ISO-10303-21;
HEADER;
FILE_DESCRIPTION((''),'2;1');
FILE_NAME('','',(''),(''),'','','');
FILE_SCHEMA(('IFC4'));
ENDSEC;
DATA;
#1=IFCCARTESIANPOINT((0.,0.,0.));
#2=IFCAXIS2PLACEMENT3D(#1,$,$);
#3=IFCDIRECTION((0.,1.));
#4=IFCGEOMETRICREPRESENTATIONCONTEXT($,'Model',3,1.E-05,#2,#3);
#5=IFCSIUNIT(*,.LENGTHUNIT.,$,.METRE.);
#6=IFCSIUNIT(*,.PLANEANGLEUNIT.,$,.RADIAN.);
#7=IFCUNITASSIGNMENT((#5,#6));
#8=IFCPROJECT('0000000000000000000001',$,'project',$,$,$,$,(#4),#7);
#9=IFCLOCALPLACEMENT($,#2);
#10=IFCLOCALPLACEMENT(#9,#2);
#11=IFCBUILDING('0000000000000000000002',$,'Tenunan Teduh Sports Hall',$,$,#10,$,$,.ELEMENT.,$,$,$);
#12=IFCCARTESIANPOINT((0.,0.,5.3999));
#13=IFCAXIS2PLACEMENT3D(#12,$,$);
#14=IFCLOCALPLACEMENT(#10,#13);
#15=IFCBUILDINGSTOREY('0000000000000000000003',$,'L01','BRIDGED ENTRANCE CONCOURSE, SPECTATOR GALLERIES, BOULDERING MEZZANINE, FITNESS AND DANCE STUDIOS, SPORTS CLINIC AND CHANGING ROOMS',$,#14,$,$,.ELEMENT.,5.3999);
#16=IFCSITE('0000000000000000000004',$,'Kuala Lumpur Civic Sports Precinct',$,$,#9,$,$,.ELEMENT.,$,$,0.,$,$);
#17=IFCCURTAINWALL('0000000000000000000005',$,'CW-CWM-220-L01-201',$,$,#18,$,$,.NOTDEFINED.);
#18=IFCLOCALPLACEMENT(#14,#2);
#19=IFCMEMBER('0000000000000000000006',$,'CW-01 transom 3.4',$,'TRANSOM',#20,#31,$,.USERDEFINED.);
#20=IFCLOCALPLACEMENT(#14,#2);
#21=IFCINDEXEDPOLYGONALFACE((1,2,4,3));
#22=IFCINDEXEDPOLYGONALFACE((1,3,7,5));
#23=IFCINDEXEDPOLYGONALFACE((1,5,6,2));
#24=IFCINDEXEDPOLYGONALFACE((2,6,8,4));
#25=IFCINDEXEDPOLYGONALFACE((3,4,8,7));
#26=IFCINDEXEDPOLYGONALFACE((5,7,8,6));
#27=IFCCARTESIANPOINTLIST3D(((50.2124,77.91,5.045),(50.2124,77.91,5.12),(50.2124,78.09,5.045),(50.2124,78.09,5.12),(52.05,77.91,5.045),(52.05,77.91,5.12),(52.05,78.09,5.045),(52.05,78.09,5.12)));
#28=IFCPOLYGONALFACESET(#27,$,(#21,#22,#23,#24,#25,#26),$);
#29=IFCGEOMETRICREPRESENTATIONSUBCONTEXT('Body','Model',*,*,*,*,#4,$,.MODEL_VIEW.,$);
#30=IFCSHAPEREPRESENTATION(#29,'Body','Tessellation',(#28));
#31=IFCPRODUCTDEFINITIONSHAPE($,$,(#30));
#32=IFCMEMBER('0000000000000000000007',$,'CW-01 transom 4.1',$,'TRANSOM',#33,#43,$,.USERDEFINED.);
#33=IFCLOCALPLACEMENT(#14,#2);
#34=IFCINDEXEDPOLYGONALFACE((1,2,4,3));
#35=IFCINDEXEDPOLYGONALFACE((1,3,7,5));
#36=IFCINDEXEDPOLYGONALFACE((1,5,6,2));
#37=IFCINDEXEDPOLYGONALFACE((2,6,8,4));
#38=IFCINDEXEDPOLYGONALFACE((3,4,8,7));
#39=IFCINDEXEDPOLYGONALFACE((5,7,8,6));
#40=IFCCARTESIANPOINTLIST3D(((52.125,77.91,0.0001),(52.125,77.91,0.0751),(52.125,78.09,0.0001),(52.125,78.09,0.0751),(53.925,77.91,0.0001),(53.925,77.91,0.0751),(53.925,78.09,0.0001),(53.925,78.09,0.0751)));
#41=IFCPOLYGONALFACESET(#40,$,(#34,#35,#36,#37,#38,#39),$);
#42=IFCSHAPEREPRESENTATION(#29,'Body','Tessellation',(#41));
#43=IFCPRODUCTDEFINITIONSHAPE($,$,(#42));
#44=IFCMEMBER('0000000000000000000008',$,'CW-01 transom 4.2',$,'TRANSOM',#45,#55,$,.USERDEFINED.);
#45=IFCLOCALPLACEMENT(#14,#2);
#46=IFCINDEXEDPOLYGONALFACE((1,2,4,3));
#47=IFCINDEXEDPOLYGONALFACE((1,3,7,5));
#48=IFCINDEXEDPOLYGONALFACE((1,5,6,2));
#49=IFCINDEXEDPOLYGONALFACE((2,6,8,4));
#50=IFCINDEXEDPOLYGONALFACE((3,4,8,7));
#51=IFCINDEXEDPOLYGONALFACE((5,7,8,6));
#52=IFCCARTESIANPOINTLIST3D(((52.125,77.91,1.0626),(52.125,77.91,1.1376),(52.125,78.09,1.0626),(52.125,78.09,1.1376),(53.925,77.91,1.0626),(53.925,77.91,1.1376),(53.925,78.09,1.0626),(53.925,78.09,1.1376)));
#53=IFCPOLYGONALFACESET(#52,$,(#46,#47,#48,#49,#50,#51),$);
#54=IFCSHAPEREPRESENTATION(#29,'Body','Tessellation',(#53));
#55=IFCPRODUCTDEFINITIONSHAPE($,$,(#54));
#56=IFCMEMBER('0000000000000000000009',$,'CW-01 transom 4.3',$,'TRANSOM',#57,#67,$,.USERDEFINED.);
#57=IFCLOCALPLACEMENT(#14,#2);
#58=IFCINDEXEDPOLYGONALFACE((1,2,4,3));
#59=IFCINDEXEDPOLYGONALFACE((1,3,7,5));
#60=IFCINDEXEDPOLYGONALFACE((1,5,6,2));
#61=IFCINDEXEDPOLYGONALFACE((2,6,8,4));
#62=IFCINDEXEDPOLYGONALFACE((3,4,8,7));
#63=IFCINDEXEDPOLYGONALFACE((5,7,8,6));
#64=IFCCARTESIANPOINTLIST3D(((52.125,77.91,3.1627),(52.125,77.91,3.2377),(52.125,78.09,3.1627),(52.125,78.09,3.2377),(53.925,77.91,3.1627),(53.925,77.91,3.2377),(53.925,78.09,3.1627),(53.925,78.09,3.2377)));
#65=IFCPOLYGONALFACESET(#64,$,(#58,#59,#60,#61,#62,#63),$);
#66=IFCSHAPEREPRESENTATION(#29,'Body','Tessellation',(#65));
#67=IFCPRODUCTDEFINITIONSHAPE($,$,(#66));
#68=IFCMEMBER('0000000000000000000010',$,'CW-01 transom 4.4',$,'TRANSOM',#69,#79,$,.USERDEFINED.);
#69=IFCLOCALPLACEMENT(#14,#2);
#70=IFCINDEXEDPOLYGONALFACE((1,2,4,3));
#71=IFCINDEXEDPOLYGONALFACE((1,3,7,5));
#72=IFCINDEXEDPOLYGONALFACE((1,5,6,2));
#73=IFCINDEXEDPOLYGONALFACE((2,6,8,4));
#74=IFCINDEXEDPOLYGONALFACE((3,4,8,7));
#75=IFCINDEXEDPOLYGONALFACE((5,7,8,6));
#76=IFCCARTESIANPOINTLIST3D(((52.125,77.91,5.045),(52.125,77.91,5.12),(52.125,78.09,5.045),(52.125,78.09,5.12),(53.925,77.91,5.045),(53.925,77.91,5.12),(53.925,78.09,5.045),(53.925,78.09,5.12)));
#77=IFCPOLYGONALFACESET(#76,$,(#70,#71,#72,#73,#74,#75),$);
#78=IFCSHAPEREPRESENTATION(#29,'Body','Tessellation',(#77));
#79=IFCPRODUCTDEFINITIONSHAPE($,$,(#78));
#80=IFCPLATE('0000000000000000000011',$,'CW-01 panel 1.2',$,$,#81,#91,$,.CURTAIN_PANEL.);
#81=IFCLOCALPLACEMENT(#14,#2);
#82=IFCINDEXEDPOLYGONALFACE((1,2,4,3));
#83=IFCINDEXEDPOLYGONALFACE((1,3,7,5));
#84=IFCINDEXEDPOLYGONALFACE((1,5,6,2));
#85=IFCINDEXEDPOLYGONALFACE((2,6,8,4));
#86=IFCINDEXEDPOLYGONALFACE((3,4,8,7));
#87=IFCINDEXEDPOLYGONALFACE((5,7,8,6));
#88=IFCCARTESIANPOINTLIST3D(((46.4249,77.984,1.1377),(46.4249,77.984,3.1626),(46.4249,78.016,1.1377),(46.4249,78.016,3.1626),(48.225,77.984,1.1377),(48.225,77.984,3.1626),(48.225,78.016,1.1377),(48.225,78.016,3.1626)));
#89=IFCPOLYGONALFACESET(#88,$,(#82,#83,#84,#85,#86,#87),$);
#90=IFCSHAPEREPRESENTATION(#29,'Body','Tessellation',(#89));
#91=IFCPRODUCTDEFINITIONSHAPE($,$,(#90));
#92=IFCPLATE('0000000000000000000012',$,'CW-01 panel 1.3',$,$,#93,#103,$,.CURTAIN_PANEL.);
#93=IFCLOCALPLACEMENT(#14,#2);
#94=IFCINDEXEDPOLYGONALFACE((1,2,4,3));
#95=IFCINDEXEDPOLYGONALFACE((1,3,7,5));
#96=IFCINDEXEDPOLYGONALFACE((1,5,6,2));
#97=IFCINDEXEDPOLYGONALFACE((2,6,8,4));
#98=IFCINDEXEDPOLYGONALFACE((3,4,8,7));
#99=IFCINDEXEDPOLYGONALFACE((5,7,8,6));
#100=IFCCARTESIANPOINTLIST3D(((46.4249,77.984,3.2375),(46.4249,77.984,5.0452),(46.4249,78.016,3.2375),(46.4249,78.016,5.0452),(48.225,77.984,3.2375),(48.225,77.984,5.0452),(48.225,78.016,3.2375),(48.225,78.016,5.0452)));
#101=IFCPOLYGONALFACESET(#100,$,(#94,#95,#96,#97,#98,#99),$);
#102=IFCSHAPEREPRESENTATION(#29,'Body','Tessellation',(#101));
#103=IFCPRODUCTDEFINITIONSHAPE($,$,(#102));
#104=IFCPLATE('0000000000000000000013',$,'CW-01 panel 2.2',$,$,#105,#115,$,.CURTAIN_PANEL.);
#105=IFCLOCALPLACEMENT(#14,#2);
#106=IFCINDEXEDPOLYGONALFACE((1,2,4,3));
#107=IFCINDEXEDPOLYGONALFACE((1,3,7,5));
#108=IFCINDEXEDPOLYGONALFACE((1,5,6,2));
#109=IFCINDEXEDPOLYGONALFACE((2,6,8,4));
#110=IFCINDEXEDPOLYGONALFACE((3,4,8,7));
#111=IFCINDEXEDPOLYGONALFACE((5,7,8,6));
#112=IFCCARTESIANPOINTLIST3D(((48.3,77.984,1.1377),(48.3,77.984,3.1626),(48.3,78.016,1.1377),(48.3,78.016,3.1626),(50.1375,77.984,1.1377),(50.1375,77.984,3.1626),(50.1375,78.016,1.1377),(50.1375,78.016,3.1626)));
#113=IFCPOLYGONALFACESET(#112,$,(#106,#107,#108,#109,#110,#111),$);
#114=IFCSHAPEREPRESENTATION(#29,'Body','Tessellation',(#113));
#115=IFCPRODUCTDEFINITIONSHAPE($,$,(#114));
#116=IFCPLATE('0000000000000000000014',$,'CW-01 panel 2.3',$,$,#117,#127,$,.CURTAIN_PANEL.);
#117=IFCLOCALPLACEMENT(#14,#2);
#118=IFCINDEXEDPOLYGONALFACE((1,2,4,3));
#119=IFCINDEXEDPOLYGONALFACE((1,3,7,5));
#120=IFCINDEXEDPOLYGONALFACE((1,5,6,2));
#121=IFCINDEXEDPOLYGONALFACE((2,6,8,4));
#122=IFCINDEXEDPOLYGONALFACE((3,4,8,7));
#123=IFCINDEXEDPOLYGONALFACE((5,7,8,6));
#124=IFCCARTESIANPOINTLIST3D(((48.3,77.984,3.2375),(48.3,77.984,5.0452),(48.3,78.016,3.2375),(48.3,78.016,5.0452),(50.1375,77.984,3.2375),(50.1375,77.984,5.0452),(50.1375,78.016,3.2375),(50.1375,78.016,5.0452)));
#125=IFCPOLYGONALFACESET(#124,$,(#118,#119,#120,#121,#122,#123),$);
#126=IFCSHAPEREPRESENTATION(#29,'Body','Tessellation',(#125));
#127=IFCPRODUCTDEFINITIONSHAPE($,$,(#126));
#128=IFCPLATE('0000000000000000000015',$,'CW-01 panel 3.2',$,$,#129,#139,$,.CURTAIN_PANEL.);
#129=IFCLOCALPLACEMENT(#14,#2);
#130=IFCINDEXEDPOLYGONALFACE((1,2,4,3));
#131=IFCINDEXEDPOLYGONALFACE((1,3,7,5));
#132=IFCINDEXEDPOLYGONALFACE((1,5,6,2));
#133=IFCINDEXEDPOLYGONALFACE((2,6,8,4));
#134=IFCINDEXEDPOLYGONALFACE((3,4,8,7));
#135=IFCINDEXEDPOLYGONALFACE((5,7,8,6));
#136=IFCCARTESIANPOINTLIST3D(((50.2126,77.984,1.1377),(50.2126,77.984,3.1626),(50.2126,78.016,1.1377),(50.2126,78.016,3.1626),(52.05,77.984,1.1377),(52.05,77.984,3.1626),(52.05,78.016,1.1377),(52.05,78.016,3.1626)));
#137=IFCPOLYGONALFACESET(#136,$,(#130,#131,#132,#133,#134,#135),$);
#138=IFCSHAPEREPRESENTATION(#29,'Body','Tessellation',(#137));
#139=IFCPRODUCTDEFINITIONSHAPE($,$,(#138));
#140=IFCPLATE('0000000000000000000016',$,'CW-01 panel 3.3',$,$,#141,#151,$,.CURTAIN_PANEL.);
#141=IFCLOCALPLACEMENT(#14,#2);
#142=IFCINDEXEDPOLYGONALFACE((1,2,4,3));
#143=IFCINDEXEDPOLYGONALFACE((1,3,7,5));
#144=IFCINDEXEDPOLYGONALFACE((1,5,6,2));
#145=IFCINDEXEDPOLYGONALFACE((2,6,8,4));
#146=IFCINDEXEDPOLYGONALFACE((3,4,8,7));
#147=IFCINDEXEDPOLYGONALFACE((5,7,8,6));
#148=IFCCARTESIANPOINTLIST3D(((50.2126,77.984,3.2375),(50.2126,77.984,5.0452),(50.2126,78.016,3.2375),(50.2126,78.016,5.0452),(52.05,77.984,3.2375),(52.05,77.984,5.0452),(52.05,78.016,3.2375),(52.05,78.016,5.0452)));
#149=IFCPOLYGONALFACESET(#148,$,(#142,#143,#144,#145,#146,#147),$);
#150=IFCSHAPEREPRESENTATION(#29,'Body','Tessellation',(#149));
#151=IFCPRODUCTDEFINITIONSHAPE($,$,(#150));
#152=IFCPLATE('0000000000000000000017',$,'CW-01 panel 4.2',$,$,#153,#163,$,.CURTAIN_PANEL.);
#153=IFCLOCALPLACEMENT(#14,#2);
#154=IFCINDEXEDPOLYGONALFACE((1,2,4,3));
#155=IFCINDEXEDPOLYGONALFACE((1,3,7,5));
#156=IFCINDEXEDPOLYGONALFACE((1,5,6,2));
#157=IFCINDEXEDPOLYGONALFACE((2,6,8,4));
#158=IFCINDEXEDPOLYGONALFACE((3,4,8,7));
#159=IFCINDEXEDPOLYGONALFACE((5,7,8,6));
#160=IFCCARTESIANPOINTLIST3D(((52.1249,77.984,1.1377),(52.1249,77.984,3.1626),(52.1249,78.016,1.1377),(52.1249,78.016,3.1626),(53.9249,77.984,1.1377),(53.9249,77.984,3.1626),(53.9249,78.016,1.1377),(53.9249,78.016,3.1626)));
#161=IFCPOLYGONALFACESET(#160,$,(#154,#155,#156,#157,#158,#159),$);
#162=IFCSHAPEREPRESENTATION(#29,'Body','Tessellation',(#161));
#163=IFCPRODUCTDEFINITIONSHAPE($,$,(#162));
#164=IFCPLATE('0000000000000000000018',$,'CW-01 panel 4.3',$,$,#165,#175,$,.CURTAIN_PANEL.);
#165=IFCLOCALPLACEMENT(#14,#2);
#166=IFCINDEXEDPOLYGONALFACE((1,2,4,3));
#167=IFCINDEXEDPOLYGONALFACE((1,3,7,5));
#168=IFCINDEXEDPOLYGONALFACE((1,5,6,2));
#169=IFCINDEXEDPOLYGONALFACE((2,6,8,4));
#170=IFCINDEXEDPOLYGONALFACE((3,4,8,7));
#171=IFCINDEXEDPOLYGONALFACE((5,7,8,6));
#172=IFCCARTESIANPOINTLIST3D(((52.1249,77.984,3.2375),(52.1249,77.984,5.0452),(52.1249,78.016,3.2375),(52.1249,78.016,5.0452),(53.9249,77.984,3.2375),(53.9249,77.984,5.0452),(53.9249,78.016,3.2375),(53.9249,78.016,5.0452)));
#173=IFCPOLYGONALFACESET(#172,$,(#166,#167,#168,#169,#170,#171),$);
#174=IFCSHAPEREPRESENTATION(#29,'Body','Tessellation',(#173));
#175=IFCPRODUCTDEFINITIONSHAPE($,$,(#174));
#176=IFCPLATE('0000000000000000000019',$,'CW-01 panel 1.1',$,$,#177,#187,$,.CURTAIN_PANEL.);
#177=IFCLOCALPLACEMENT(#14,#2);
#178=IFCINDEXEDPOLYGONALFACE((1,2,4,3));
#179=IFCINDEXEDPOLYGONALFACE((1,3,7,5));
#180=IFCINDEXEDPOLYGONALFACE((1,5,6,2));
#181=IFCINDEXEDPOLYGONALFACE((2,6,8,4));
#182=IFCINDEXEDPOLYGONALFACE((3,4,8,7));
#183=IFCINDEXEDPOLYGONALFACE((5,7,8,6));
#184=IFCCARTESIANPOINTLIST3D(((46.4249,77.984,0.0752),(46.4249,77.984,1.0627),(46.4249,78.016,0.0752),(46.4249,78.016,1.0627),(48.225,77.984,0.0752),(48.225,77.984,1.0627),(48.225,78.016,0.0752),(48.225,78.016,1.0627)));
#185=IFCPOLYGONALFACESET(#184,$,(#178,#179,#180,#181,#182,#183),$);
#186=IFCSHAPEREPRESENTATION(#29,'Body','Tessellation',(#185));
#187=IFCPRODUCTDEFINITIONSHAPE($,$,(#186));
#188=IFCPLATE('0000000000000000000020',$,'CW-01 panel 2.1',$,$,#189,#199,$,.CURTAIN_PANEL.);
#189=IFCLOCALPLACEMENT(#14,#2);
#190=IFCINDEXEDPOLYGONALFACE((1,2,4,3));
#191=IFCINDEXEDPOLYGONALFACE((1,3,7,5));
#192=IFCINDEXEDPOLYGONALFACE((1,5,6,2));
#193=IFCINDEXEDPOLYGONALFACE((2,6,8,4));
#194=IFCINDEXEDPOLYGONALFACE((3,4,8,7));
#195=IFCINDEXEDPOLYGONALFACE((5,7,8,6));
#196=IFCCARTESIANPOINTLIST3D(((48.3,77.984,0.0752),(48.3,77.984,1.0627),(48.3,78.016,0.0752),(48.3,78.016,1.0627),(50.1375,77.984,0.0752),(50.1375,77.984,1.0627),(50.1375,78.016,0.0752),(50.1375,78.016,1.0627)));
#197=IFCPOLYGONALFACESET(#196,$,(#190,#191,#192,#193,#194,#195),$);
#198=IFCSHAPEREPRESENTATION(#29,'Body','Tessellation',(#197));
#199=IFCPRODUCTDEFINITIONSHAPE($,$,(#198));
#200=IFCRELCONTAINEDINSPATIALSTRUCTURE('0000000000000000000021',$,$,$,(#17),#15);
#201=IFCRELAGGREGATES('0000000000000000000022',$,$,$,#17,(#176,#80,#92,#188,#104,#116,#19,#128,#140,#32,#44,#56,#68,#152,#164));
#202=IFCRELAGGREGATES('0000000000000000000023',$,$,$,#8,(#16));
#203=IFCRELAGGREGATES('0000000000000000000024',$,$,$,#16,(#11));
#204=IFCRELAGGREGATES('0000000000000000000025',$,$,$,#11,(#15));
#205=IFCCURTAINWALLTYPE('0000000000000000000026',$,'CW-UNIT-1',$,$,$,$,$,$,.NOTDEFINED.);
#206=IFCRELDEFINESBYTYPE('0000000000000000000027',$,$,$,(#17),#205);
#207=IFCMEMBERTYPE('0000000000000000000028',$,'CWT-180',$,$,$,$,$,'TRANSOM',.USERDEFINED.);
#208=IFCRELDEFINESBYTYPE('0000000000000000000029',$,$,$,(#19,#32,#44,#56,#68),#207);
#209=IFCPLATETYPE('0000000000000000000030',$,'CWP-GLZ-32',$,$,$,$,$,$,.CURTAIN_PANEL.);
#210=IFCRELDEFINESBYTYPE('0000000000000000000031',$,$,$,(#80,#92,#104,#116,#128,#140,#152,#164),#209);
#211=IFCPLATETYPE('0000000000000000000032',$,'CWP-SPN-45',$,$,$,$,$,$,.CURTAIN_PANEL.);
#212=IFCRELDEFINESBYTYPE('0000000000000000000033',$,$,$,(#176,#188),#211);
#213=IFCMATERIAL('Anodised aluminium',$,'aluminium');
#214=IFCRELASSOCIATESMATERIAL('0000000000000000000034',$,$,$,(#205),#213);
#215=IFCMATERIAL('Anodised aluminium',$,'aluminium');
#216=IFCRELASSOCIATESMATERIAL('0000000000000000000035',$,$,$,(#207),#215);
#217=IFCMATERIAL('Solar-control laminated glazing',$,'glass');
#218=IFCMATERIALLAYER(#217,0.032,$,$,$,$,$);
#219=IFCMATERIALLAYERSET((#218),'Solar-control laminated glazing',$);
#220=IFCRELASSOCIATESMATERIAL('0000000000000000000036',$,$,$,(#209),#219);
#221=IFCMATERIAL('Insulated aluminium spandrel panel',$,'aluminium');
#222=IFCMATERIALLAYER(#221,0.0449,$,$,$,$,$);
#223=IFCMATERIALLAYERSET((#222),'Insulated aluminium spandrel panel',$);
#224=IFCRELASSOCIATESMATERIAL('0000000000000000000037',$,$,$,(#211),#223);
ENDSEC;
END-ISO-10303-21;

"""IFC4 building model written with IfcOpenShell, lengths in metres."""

from ifc_helpers import new_model, si_unit, direction, frame, origin, origin_2d, place, context, subcontext, project, spatial, rectangle, extrude, material, layer, layer_set, material_profile, profile_set, type_object, element, aggregate, save


model = new_model("IFC4")

# Units and contexts
model_context = context("Model", 3, precision=1e-05, world=origin(), true_north=direction((0.0, 1.0)))
body_context = subcontext(model_context, "Body", "Model", "MODEL_VIEW")
ifc_project = project(units=[si_unit("LENGTHUNIT", "METRE"), si_unit("PLANEANGLEUNIT", "RADIAN")], contexts=[model_context])

# Site, building, storey
site_placement = place(None, origin())
site = spatial("IfcSite", under=ifc_project, at=site_placement, Name="Kuala Lumpur Civic Sports Precinct", CompositionType="ELEMENT", RefElevation=0.0)
building_placement = place(site_placement, origin())
building = spatial("IfcBuilding", under=site, at=building_placement, Name="Tenunan Teduh Sports Hall", CompositionType="ELEMENT")
storey_placement = place(building_placement, frame((0.0, 0.0, 5.3999)))
storey = spatial("IfcBuildingStorey", under=building, at=storey_placement, Name="L01", Description="BRIDGED ENTRANCE CONCOURSE, SPECTATOR GALLERIES, BOULDERING MEZZANINE, FITNESS AND DANCE STUDIOS, SPORTS CLINIC AND CHANGING ROOMS", CompositionType="ELEMENT", Elevation=5.3999)

# Curtain wall, members, plates
ifc_material_1 = material(Name="Anodised aluminium", Category="aluminium")
curtain_wall_type = type_object("IfcCurtainWallType", Name="CW-UNIT-1", PredefinedType="NOTDEFINED", material=ifc_material_1)
curtain_wall_placement = place(storey_placement, origin())
curtain_wall = element("IfcCurtainWall", 1, at=curtain_wall_placement, inside=storey, type_object=curtain_wall_type, Name="CW-CWM-220-L01-201", PredefinedType="NOTDEFINED")
ifc_material_2 = material(Name="Anodised aluminium", Category="aluminium")
ifc_material_profile_1 = material_profile(ifc_material_2, rectangle(XDim=0.075, YDim=0.1799, at=origin_2d()), Name="CWT 75x180")
ifc_profile_set_1 = profile_set([ifc_material_profile_1], Name="Anodised aluminium")
member_type_1 = type_object("IfcMemberType", Name="CWT-180", ElementType="TRANSOM", PredefinedType="USERDEFINED", material=ifc_profile_set_1)
member_1_placement = place(storey_placement, frame((50.2124, 78.0, 5.0825), z_axis=(1.0, 0.0, 0.0), x_axis=(0.0, 0.0, 1.0)))
member_1 = element("IfcMember", 2, at=member_1_placement, type_object=member_type_1, Name="CW-01 transom 3.4", ObjectType="TRANSOM", PredefinedType="USERDEFINED", context=body_context, shape_type="SweptSolid", body=[
    extrude(rectangle(XDim=0.075, YDim=0.1799, at=origin_2d()), origin(), (0.0, 0.0, 1.0), 1.8376),
])
member_2_placement = place(storey_placement, frame((52.125, 78.0, 0.0376), z_axis=(1.0, 0.0, 0.0), x_axis=(0.0, 0.0, 1.0)))
member_2 = element("IfcMember", 3, at=member_2_placement, type_object=member_type_1, Name="CW-01 transom 4.1", ObjectType="TRANSOM", PredefinedType="USERDEFINED", context=body_context, shape_type="SweptSolid", body=[
    extrude(rectangle(XDim=0.075, YDim=0.1799, at=origin_2d()), origin(), (0.0, 0.0, 1.0), 1.8),
])
member_3_placement = place(storey_placement, frame((52.125, 78.0, 1.1001), z_axis=(1.0, 0.0, 0.0), x_axis=(0.0, 0.0, 1.0)))
member_3 = element("IfcMember", 4, at=member_3_placement, type_object=member_type_1, Name="CW-01 transom 4.2", ObjectType="TRANSOM", PredefinedType="USERDEFINED", context=body_context, shape_type="SweptSolid", body=[
    extrude(rectangle(XDim=0.075, YDim=0.1799, at=origin_2d()), origin(), (0.0, 0.0, 1.0), 1.8),
])
member_4_placement = place(storey_placement, frame((52.125, 78.0, 3.2002), z_axis=(1.0, 0.0, 0.0), x_axis=(0.0, 0.0, 1.0)))
member_4 = element("IfcMember", 5, at=member_4_placement, type_object=member_type_1, Name="CW-01 transom 4.3", ObjectType="TRANSOM", PredefinedType="USERDEFINED", context=body_context, shape_type="SweptSolid", body=[
    extrude(rectangle(XDim=0.075, YDim=0.1799, at=origin_2d()), origin(), (0.0, 0.0, 1.0), 1.8),
])
member_5_placement = place(storey_placement, frame((52.125, 78.0, 5.0825), z_axis=(1.0, 0.0, 0.0), x_axis=(0.0, 0.0, 1.0)))
member_5 = element("IfcMember", 6, at=member_5_placement, type_object=member_type_1, Name="CW-01 transom 4.4", ObjectType="TRANSOM", PredefinedType="USERDEFINED", context=body_context, shape_type="SweptSolid", body=[
    extrude(rectangle(XDim=0.075, YDim=0.1799, at=origin_2d()), origin(), (0.0, 0.0, 1.0), 1.8),
])
ifc_material_3 = material(Name="Solar-control laminated glazing", Category="glass")
ifc_layer_1 = layer(ifc_material_3, 0.032)
ifc_layer_set_1 = layer_set([ifc_layer_1], Name="Solar-control laminated glazing")
plate_type_1 = type_object("IfcPlateType", Name="CWP-GLZ-32", PredefinedType="CURTAIN_PANEL", material=ifc_layer_set_1)
plate_1_placement = place(storey_placement, frame((47.325, 78.0, 1.1377), z_axis=(0.0, 0.0, 1.0), x_axis=(1.0, 0.0, 0.0)))
plate_1 = element("IfcPlate", 7, at=plate_1_placement, type_object=plate_type_1, Name="CW-01 panel 1.2", PredefinedType="CURTAIN_PANEL", context=body_context, shape_type="SweptSolid", body=[
    extrude(rectangle(XDim=1.8, YDim=0.032, at=origin_2d()), origin(), (0.0, 0.0, 1.0), 2.0249),
])
plate_2_placement = place(storey_placement, frame((47.325, 78.0, 3.2375), z_axis=(0.0, 0.0, 1.0), x_axis=(1.0, 0.0, 0.0)))
plate_2 = element("IfcPlate", 8, at=plate_2_placement, type_object=plate_type_1, Name="CW-01 panel 1.3", PredefinedType="CURTAIN_PANEL", context=body_context, shape_type="SweptSolid", body=[
    extrude(rectangle(XDim=1.8, YDim=0.032, at=origin_2d()), origin(), (0.0, 0.0, 1.0), 1.8076),
])
plate_3_placement = place(storey_placement, frame((49.2188, 78.0, 1.1377), z_axis=(0.0, 0.0, 1.0), x_axis=(1.0, 0.0, 0.0)))
plate_3 = element("IfcPlate", 9, at=plate_3_placement, type_object=plate_type_1, Name="CW-01 panel 2.2", PredefinedType="CURTAIN_PANEL", context=body_context, shape_type="SweptSolid", body=[
    extrude(rectangle(XDim=1.8374, YDim=0.032, at=origin_2d()), origin(), (0.0, 0.0, 1.0), 2.0249),
])
plate_4_placement = place(storey_placement, frame((49.2188, 78.0, 3.2375), z_axis=(0.0, 0.0, 1.0), x_axis=(1.0, 0.0, 0.0)))
plate_4 = element("IfcPlate", 10, at=plate_4_placement, type_object=plate_type_1, Name="CW-01 panel 2.3", PredefinedType="CURTAIN_PANEL", context=body_context, shape_type="SweptSolid", body=[
    extrude(rectangle(XDim=1.8374, YDim=0.032, at=origin_2d()), origin(), (0.0, 0.0, 1.0), 1.8076),
])
plate_5_placement = place(storey_placement, frame((51.1313, 78.0, 1.1377), z_axis=(0.0, 0.0, 1.0), x_axis=(1.0, 0.0, 0.0)))
plate_5 = element("IfcPlate", 11, at=plate_5_placement, type_object=plate_type_1, Name="CW-01 panel 3.2", PredefinedType="CURTAIN_PANEL", context=body_context, shape_type="SweptSolid", body=[
    extrude(rectangle(XDim=1.8374, YDim=0.032, at=origin_2d()), origin(), (0.0, 0.0, 1.0), 2.0249),
])
plate_6_placement = place(storey_placement, frame((51.1313, 78.0, 3.2375), z_axis=(0.0, 0.0, 1.0), x_axis=(1.0, 0.0, 0.0)))
plate_6 = element("IfcPlate", 12, at=plate_6_placement, type_object=plate_type_1, Name="CW-01 panel 3.3", PredefinedType="CURTAIN_PANEL", context=body_context, shape_type="SweptSolid", body=[
    extrude(rectangle(XDim=1.8374, YDim=0.032, at=origin_2d()), origin(), (0.0, 0.0, 1.0), 1.8076),
])
plate_7_placement = place(storey_placement, frame((53.0249, 78.0, 1.1377), z_axis=(0.0, 0.0, 1.0), x_axis=(1.0, 0.0, 0.0)))
plate_7 = element("IfcPlate", 13, at=plate_7_placement, type_object=plate_type_1, Name="CW-01 panel 4.2", PredefinedType="CURTAIN_PANEL", context=body_context, shape_type="SweptSolid", body=[
    extrude(rectangle(XDim=1.8, YDim=0.032, at=origin_2d()), origin(), (0.0, 0.0, 1.0), 2.0249),
])
plate_8_placement = place(storey_placement, frame((53.0249, 78.0, 3.2375), z_axis=(0.0, 0.0, 1.0), x_axis=(1.0, 0.0, 0.0)))
plate_8 = element("IfcPlate", 14, at=plate_8_placement, type_object=plate_type_1, Name="CW-01 panel 4.3", PredefinedType="CURTAIN_PANEL", context=body_context, shape_type="SweptSolid", body=[
    extrude(rectangle(XDim=1.8, YDim=0.032, at=origin_2d()), origin(), (0.0, 0.0, 1.0), 1.8076),
])
ifc_material_4 = material(Name="Insulated aluminium spandrel panel", Category="aluminium")
ifc_layer_2 = layer(ifc_material_4, 0.0449)
ifc_layer_set_2 = layer_set([ifc_layer_2], Name="Insulated aluminium spandrel panel")
plate_type_2 = type_object("IfcPlateType", Name="CWP-SPN-45", PredefinedType="CURTAIN_PANEL", material=ifc_layer_set_2)
plate_9_placement = place(storey_placement, frame((47.325, 78.0, 0.0752), z_axis=(0.0, 0.0, 1.0), x_axis=(1.0, 0.0, 0.0)))
plate_9 = element("IfcPlate", 15, at=plate_9_placement, type_object=plate_type_2, Name="CW-01 panel 1.1", PredefinedType="CURTAIN_PANEL", context=body_context, shape_type="SweptSolid", body=[
    extrude(rectangle(XDim=1.8, YDim=0.032, at=origin_2d()), origin(), (0.0, 0.0, 1.0), 0.9875),
])
plate_10_placement = place(storey_placement, frame((49.2188, 78.0, 0.0752), z_axis=(0.0, 0.0, 1.0), x_axis=(1.0, 0.0, 0.0)))
plate_10 = element("IfcPlate", 16, at=plate_10_placement, type_object=plate_type_2, Name="CW-01 panel 2.1", PredefinedType="CURTAIN_PANEL", context=body_context, shape_type="SweptSolid", body=[
    extrude(rectangle(XDim=1.8374, YDim=0.032, at=origin_2d()), origin(), (0.0, 0.0, 1.0), 0.9875),
])
aggregate(curtain_wall, [plate_9, plate_1, plate_2, plate_10, plate_3, plate_4, member_1, plate_5, plate_6, member_2, member_3, member_4, member_5, plate_7, plate_8])

save(model, "model.ifc")
